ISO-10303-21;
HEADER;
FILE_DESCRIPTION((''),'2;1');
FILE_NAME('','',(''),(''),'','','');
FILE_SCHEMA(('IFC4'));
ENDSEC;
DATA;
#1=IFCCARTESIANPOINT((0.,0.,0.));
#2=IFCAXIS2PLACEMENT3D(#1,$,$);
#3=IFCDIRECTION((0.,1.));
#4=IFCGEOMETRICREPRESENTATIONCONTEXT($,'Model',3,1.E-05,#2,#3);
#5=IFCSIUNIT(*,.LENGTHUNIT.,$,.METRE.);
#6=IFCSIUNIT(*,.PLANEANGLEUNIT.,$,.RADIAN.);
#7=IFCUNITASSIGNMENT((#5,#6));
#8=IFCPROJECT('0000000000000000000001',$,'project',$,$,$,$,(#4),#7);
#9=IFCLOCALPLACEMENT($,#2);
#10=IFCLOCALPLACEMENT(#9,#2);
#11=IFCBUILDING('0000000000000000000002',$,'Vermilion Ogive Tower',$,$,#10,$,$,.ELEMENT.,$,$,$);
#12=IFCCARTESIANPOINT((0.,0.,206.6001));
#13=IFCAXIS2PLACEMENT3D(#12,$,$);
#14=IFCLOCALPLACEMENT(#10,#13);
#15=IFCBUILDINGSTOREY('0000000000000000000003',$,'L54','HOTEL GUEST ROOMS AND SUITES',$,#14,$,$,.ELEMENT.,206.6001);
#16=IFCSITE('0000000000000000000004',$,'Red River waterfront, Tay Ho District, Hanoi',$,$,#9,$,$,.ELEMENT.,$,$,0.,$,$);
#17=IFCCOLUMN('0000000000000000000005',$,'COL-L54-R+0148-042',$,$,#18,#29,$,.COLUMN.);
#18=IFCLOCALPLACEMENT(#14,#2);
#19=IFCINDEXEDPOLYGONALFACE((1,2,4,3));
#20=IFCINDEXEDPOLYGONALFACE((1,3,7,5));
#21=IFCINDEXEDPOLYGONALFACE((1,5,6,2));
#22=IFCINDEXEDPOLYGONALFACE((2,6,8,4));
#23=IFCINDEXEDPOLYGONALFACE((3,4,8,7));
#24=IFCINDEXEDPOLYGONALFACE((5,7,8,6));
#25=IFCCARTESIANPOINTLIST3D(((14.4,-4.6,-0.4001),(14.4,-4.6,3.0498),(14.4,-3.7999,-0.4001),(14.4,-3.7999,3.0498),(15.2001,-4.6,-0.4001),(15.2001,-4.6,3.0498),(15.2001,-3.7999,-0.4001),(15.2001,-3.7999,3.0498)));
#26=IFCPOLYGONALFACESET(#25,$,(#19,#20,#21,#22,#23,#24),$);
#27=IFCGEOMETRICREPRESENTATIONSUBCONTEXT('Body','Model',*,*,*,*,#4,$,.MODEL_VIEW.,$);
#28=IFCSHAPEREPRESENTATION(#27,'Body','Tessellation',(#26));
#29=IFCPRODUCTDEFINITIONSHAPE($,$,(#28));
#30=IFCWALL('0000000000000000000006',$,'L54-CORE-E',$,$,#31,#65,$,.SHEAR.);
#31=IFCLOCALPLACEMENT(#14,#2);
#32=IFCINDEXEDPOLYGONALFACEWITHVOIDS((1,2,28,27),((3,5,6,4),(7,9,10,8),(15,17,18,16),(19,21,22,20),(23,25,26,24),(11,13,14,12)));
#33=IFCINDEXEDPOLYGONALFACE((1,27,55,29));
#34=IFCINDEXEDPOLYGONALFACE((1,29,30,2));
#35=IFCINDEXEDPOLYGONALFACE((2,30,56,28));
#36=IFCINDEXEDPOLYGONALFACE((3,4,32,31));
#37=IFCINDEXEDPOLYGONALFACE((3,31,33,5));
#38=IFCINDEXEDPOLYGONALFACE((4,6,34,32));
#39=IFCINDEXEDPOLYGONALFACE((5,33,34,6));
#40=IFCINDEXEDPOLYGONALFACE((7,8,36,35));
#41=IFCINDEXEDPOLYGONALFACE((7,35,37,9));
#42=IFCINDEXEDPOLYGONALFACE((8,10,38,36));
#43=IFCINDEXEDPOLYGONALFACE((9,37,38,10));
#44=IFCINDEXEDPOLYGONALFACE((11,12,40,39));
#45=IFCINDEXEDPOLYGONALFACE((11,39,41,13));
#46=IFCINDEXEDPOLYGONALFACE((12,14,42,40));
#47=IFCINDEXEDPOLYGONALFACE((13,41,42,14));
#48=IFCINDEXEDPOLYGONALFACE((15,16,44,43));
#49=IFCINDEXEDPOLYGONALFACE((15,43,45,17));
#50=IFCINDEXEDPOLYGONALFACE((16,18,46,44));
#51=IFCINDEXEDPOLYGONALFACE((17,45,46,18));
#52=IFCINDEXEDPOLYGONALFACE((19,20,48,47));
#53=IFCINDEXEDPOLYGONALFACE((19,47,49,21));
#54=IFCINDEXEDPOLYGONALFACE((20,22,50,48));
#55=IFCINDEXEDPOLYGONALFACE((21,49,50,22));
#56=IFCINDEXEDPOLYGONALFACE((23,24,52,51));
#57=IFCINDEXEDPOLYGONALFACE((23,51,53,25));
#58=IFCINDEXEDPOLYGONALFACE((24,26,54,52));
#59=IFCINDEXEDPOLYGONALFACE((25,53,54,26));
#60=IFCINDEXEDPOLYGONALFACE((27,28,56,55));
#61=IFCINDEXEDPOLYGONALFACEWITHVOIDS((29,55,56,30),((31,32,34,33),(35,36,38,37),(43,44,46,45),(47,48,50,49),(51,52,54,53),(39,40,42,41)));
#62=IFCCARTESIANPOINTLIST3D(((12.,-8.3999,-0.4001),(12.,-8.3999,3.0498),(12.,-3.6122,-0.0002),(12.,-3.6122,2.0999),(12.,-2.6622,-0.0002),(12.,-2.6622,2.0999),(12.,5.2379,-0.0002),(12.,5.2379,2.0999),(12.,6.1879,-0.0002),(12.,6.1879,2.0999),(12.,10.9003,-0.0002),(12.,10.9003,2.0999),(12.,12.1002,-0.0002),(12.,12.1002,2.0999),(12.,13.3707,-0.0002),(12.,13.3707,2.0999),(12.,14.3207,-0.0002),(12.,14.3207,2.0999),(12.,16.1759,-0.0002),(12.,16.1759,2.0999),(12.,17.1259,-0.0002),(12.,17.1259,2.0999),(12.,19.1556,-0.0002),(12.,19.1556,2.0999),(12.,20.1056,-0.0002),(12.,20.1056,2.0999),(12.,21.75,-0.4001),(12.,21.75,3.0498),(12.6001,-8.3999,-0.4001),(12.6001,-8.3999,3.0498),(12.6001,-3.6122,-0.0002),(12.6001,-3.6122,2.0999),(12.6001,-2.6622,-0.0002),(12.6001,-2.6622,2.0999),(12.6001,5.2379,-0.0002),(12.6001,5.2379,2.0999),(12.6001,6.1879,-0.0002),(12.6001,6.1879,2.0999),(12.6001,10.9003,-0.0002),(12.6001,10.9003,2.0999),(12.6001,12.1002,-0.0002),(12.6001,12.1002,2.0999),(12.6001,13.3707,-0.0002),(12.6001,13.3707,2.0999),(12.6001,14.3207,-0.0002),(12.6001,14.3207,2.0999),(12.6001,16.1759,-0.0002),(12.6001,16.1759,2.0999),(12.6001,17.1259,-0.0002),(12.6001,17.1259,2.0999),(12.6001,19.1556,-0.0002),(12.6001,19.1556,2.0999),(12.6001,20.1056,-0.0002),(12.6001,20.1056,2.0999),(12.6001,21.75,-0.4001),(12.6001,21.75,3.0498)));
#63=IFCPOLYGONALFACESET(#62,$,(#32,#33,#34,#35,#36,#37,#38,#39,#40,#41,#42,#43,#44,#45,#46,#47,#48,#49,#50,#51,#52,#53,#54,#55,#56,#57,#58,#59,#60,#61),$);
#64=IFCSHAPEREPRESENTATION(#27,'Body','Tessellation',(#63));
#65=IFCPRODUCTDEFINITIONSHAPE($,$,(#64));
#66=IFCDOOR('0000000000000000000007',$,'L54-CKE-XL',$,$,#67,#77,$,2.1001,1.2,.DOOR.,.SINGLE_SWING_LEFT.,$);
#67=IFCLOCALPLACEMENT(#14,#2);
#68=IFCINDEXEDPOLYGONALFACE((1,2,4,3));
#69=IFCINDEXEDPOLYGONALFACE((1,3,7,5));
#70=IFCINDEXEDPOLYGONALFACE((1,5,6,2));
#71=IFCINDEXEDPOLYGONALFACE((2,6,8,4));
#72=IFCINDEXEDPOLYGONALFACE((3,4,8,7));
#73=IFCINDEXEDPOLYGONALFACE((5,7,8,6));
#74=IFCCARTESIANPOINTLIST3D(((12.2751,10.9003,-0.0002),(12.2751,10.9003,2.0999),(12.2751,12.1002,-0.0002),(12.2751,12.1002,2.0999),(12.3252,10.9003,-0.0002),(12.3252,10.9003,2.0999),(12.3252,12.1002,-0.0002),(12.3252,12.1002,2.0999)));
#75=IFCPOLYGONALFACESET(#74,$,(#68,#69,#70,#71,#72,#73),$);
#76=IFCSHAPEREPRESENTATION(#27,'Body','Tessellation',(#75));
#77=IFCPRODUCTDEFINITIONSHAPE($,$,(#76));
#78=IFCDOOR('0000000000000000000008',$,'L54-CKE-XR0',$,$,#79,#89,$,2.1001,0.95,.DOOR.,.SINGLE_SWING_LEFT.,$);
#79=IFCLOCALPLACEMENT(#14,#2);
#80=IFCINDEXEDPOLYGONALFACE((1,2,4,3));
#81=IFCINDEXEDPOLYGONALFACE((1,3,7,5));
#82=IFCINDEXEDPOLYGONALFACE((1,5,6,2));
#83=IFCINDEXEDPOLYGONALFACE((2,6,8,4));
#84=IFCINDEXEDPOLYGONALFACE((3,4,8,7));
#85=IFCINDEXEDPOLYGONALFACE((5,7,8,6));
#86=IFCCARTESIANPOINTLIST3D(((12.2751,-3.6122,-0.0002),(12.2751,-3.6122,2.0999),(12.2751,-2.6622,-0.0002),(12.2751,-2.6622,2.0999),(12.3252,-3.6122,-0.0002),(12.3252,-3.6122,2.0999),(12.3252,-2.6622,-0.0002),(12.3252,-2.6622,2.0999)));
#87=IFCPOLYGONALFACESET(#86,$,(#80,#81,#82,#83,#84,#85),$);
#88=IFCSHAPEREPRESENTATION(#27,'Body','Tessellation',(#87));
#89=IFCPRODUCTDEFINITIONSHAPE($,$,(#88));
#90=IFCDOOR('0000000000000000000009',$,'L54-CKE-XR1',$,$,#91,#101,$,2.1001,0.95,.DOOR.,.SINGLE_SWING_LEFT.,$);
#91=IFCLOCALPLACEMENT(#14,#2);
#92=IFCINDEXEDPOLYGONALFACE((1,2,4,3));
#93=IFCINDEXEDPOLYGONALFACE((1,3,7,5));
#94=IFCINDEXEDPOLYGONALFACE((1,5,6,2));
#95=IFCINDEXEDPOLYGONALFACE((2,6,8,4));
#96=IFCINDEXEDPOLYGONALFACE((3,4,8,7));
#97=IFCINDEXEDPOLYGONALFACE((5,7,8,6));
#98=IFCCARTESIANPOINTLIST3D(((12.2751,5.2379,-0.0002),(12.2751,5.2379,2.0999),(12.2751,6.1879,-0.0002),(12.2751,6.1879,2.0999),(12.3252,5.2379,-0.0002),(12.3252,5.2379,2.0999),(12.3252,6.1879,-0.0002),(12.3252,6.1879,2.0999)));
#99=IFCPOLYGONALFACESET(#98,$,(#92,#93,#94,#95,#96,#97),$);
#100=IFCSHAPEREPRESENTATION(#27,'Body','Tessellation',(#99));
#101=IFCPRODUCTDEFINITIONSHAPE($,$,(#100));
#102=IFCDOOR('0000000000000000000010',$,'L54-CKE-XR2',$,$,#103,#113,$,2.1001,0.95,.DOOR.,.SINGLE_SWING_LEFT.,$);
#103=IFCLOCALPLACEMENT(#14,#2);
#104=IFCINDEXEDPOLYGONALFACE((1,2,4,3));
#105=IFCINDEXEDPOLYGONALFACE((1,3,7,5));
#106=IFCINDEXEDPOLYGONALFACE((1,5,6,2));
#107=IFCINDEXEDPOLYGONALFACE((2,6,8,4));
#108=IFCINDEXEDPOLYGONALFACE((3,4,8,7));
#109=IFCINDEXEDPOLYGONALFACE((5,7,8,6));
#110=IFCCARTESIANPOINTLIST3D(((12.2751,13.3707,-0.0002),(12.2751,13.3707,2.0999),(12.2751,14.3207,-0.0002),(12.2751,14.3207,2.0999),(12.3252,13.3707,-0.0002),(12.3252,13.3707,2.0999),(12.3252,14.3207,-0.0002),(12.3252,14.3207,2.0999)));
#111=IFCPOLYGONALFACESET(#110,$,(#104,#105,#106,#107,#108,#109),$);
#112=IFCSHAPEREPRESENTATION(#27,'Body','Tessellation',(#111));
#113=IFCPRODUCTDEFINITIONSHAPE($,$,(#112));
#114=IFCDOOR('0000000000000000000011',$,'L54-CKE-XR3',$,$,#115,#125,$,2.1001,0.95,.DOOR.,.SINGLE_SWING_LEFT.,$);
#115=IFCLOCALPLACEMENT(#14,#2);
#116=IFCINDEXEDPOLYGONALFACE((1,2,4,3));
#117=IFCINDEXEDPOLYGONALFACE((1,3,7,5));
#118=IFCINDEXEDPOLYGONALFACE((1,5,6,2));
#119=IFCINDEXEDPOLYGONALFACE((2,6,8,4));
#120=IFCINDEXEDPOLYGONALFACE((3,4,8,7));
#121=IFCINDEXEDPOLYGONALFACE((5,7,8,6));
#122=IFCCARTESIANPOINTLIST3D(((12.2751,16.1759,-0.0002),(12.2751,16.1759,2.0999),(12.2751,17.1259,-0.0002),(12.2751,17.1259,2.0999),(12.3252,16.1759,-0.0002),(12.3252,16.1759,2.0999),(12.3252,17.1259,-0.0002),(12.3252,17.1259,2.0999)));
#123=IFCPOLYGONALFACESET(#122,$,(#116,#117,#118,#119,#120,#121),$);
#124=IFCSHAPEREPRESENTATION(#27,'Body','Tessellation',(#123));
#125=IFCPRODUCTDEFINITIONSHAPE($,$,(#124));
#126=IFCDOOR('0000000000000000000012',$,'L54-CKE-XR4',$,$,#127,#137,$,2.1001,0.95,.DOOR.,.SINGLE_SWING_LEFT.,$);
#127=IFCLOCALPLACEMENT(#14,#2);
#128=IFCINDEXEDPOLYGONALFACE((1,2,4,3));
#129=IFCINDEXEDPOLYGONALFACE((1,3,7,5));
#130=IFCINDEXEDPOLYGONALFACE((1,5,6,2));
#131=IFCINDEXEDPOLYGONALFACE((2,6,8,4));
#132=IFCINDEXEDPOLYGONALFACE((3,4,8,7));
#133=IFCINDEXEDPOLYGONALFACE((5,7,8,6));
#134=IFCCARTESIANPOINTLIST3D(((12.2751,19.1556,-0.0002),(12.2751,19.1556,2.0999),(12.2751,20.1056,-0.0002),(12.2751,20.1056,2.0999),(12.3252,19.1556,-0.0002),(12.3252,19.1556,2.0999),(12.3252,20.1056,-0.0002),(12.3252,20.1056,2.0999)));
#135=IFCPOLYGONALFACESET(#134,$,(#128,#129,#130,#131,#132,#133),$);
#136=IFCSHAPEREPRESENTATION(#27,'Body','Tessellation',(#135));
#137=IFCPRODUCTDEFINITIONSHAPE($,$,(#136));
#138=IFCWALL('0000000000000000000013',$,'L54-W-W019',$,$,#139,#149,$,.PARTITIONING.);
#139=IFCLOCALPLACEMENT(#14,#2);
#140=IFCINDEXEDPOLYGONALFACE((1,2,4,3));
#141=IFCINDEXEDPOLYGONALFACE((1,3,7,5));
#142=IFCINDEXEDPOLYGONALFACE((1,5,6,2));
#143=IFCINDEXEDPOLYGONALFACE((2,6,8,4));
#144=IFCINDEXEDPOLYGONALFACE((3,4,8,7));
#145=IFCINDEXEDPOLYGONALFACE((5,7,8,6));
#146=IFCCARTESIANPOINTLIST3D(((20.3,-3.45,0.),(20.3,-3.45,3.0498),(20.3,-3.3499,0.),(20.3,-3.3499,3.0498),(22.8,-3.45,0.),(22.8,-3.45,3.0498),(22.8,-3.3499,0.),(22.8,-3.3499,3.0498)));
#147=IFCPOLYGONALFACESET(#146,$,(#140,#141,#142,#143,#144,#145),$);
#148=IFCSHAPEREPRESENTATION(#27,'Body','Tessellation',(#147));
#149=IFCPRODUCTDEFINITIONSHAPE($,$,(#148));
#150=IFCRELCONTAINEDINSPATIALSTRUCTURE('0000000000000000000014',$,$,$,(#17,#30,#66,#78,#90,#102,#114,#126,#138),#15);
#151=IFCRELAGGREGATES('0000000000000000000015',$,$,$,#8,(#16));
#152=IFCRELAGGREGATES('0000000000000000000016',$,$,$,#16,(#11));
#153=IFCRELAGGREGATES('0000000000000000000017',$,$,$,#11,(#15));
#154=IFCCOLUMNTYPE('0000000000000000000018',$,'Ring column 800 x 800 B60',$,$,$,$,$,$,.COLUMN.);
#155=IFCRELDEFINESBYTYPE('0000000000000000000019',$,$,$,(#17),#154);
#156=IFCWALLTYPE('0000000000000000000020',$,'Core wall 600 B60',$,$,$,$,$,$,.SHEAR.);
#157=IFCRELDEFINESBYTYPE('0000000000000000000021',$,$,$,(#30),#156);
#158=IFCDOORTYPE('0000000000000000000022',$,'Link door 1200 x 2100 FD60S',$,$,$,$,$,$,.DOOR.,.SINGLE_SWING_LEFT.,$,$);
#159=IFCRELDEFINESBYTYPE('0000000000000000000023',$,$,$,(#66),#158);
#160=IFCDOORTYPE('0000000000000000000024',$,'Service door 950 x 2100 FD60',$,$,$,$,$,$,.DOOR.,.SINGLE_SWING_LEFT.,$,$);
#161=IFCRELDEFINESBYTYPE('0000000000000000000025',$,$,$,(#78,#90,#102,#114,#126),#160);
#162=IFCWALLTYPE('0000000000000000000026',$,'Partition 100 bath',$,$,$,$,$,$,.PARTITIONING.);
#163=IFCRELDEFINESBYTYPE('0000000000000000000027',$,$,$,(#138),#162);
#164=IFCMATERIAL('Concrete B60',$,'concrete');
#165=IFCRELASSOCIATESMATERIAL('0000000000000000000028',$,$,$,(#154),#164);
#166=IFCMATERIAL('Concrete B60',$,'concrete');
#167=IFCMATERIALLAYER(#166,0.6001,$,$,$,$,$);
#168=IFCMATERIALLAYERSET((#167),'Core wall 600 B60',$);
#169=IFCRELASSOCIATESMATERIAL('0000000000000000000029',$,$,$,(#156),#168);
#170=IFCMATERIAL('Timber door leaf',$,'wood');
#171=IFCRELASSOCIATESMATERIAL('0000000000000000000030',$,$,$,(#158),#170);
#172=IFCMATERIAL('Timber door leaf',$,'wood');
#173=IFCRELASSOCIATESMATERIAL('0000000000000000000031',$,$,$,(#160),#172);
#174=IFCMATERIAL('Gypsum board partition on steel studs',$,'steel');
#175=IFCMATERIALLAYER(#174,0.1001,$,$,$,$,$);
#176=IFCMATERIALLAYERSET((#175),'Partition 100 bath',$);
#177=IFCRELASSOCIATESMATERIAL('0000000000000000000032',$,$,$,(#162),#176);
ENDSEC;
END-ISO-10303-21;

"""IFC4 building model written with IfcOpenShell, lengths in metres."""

from ifc_helpers import new_model, si_unit, direction, frame, frame_2d, origin, origin_2d, place, context, subcontext, project, spatial, rectangle, extrude, material, layer, layer_set, material_profile, profile_set, type_object, element, fill, save


model = new_model("IFC4")

# Units and contexts
model_context = context("Model", 3, precision=1e-05, world=origin(), true_north=direction((0.0, 1.0)))
body_context = subcontext(model_context, "Body", "Model", "MODEL_VIEW")
ifc_project = project(units=[si_unit("LENGTHUNIT", "METRE"), si_unit("PLANEANGLEUNIT", "RADIAN")], contexts=[model_context])

# Site, building, storey
site_placement = place(None, origin())
site = spatial("IfcSite", under=ifc_project, at=site_placement, Name="Red River waterfront, Tay Ho District, Hanoi", CompositionType="ELEMENT", RefElevation=0.0)
building_placement = place(site_placement, origin())
building = spatial("IfcBuilding", under=site, at=building_placement, Name="Vermilion Ogive Tower", CompositionType="ELEMENT")
storey_placement = place(building_placement, frame((0.0, 0.0, 206.6001)))
storey = spatial("IfcBuildingStorey", under=building, at=storey_placement, Name="L54", Description="HOTEL GUEST ROOMS AND SUITES", CompositionType="ELEMENT", Elevation=206.6001)

# Column
ifc_material_1 = material(Name="Concrete B60", Category="concrete")
ifc_material_profile = material_profile(ifc_material_1, rectangle(XDim=0.8, YDim=0.8, at=origin_2d()), Name="800 x 800")
ifc_profile_set = profile_set([ifc_material_profile], Name="Concrete B60")
column_type = type_object("IfcColumnType", Name="Ring column 800 x 800 B60", PredefinedType="COLUMN", material=ifc_profile_set)
column_placement = place(storey_placement, frame((14.8, -4.2, -0.4001), z_axis=(0.0, 0.0, 1.0), x_axis=(1.0, 0.0, 0.0)))
element("IfcColumn", 1, at=column_placement, inside=storey, type_object=column_type, Name="COL-L54-R+0148-042", PredefinedType="COLUMN", context=body_context, shape_type="SweptSolid", body=[
    extrude(rectangle(XDim=0.8, YDim=0.8, at=origin_2d()), origin(), (0.0, 0.0, 1.0), 3.45),
])

# Wall, openings, doors
ifc_material_2 = material(Name="Concrete B60", Category="concrete")
ifc_layer_1 = layer(ifc_material_2, 0.6001)
ifc_layer_set_1 = layer_set([ifc_layer_1], Name="Core wall 600 B60")
wall_type_1 = type_object("IfcWallType", Name="Core wall 600 B60", PredefinedType="SHEAR", material=ifc_layer_set_1)
wall_1_placement = place(storey_placement, frame((12.3, -8.3999, -0.4001), z_axis=(0.0, 0.0, 1.0), x_axis=(0.0, 1.0, 0.0)))
wall_1 = element("IfcWall", 2, at=wall_1_placement, inside=storey, type_object=wall_type_1, Name="L54-CORE-E", PredefinedType="SHEAR", context=body_context, shape_type="SweptSolid", body=[
    extrude(rectangle(XDim=30.1499, YDim=0.6001, at=frame_2d((15.075, 0.0))), origin(), (0.0, 0.0, 1.0), 3.45),
])
opening_1_placement = place(wall_1_placement, frame((4.7876, 0.0, 0.3999)))
opening_1 = element("IfcOpeningElement", 3, at=opening_1_placement, cuts=wall_1, PredefinedType="OPENING", context=body_context, shape_type="SweptSolid", body=[
    extrude(rectangle(XDim=0.95, YDim=2.1001, at=frame_2d((0.4751, 1.05))), frame((0.0, 0.3101, 0.0), z_axis=(0.0, -1.0, 0.0), x_axis=(1.0, 0.0, 0.0)), (0.0, 0.0, 1.0), 0.6201),
])
opening_2_placement = place(wall_1_placement, frame((13.6377, 0.0, 0.3999)))
opening_2 = element("IfcOpeningElement", 4, at=opening_2_placement, cuts=wall_1, PredefinedType="OPENING", context=body_context, shape_type="SweptSolid", body=[
    extrude(rectangle(XDim=0.95, YDim=2.1001, at=frame_2d((0.4751, 1.05))), frame((0.0, 0.3101, 0.0), z_axis=(0.0, -1.0, 0.0), x_axis=(1.0, 0.0, 0.0)), (0.0, 0.0, 1.0), 0.6201),
])
opening_3_placement = place(wall_1_placement, frame((21.7705, 0.0, 0.3999)))
opening_3 = element("IfcOpeningElement", 5, at=opening_3_placement, cuts=wall_1, PredefinedType="OPENING", context=body_context, shape_type="SweptSolid", body=[
    extrude(rectangle(XDim=0.95, YDim=2.1001, at=frame_2d((0.4751, 1.05))), frame((0.0, 0.3101, 0.0), z_axis=(0.0, -1.0, 0.0), x_axis=(1.0, 0.0, 0.0)), (0.0, 0.0, 1.0), 0.6201),
])
opening_4_placement = place(wall_1_placement, frame((24.5757, 0.0, 0.3999)))
opening_4 = element("IfcOpeningElement", 6, at=opening_4_placement, cuts=wall_1, PredefinedType="OPENING", context=body_context, shape_type="SweptSolid", body=[
    extrude(rectangle(XDim=0.95, YDim=2.1001, at=frame_2d((0.4751, 1.05))), frame((0.0, 0.3101, 0.0), z_axis=(0.0, -1.0, 0.0), x_axis=(1.0, 0.0, 0.0)), (0.0, 0.0, 1.0), 0.6201),
])
opening_5_placement = place(wall_1_placement, frame((27.5554, 0.0, 0.3999)))
opening_5 = element("IfcOpeningElement", 7, at=opening_5_placement, cuts=wall_1, PredefinedType="OPENING", context=body_context, shape_type="SweptSolid", body=[
    extrude(rectangle(XDim=0.95, YDim=2.1001, at=frame_2d((0.4751, 1.05))), frame((0.0, 0.3101, 0.0), z_axis=(0.0, -1.0, 0.0), x_axis=(1.0, 0.0, 0.0)), (0.0, 0.0, 1.0), 0.6201),
])
opening_6_placement = place(wall_1_placement, frame((19.3, 0.0, 0.3999)))
opening_6 = element("IfcOpeningElement", 8, at=opening_6_placement, cuts=wall_1, PredefinedType="OPENING", context=body_context, shape_type="SweptSolid", body=[
    extrude(rectangle(XDim=1.2, YDim=2.1001, at=frame_2d((0.6001, 1.05))), frame((0.0, 0.3101, 0.0), z_axis=(0.0, -1.0, 0.0), x_axis=(1.0, 0.0, 0.0)), (0.0, 0.0, 1.0), 0.6201),
])
ifc_material_3 = material(Name="Timber door leaf", Category="wood")
door_type_1 = type_object("IfcDoorType", Name="Link door 1200 x 2100 FD60S", OperationType="SINGLE_SWING_LEFT", PredefinedType="DOOR", material=ifc_material_3)
door_1_placement = place(opening_6_placement, origin())
door_1 = element("IfcDoor", 9, at=door_1_placement, inside=storey, type_object=door_type_1, Name="L54-CKE-XL", OperationType="SINGLE_SWING_LEFT", OverallHeight=2.1001, OverallWidth=1.2, PredefinedType="DOOR", context=body_context, shape_type="SweptSolid", body=[
    extrude(rectangle(XDim=1.2, YDim=2.1001, at=frame_2d((0.6001, 1.05))), frame((0.0, 0.0249, 0.0), z_axis=(0.0, -1.0, 0.0), x_axis=(1.0, 0.0, 0.0)), (0.0, 0.0, 1.0), 0.05),
])
fill(opening_6, door_1)
ifc_material_4 = material(Name="Timber door leaf", Category="wood")
door_type_2 = type_object("IfcDoorType", Name="Service door 950 x 2100 FD60", OperationType="SINGLE_SWING_LEFT", PredefinedType="DOOR", material=ifc_material_4)
door_2_placement = place(opening_1_placement, origin())
door_2 = element("IfcDoor", 10, at=door_2_placement, inside=storey, type_object=door_type_2, Name="L54-CKE-XR0", OperationType="SINGLE_SWING_LEFT", OverallHeight=2.1001, OverallWidth=0.95, PredefinedType="DOOR", context=body_context, shape_type="SweptSolid", body=[
    extrude(rectangle(XDim=0.95, YDim=2.1001, at=frame_2d((0.4751, 1.05))), frame((0.0, 0.0249, 0.0), z_axis=(0.0, -1.0, 0.0), x_axis=(1.0, 0.0, 0.0)), (0.0, 0.0, 1.0), 0.05),
])
fill(opening_1, door_2)
door_3_placement = place(opening_2_placement, origin())
door_3 = element("IfcDoor", 11, at=door_3_placement, inside=storey, type_object=door_type_2, Name="L54-CKE-XR1", OperationType="SINGLE_SWING_LEFT", OverallHeight=2.1001, OverallWidth=0.95, PredefinedType="DOOR", context=body_context, shape_type="SweptSolid", body=[
    extrude(rectangle(XDim=0.95, YDim=2.1001, at=frame_2d((0.4751, 1.05))), frame((0.0, 0.0249, 0.0), z_axis=(0.0, -1.0, 0.0), x_axis=(1.0, 0.0, 0.0)), (0.0, 0.0, 1.0), 0.05),
])
fill(opening_2, door_3)
door_4_placement = place(opening_3_placement, origin())
door_4 = element("IfcDoor", 12, at=door_4_placement, inside=storey, type_object=door_type_2, Name="L54-CKE-XR2", OperationType="SINGLE_SWING_LEFT", OverallHeight=2.1001, OverallWidth=0.95, PredefinedType="DOOR", context=body_context, shape_type="SweptSolid", body=[
    extrude(rectangle(XDim=0.95, YDim=2.1001, at=frame_2d((0.4751, 1.05))), frame((0.0, 0.0249, 0.0), z_axis=(0.0, -1.0, 0.0), x_axis=(1.0, 0.0, 0.0)), (0.0, 0.0, 1.0), 0.05),
])
fill(opening_3, door_4)
door_5_placement = place(opening_4_placement, origin())
door_5 = element("IfcDoor", 13, at=door_5_placement, inside=storey, type_object=door_type_2, Name="L54-CKE-XR3", OperationType="SINGLE_SWING_LEFT", OverallHeight=2.1001, OverallWidth=0.95, PredefinedType="DOOR", context=body_context, shape_type="SweptSolid", body=[
    extrude(rectangle(XDim=0.95, YDim=2.1001, at=frame_2d((0.4751, 1.05))), frame((0.0, 0.0249, 0.0), z_axis=(0.0, -1.0, 0.0), x_axis=(1.0, 0.0, 0.0)), (0.0, 0.0, 1.0), 0.05),
])
fill(opening_4, door_5)
door_6_placement = place(opening_5_placement, origin())
door_6 = element("IfcDoor", 14, at=door_6_placement, inside=storey, type_object=door_type_2, Name="L54-CKE-XR4", OperationType="SINGLE_SWING_LEFT", OverallHeight=2.1001, OverallWidth=0.95, PredefinedType="DOOR", context=body_context, shape_type="SweptSolid", body=[
    extrude(rectangle(XDim=0.95, YDim=2.1001, at=frame_2d((0.4751, 1.05))), frame((0.0, 0.0249, 0.0), z_axis=(0.0, -1.0, 0.0), x_axis=(1.0, 0.0, 0.0)), (0.0, 0.0, 1.0), 0.05),
])
fill(opening_5, door_6)

# Wall
ifc_material_5 = material(Name="Gypsum board partition on steel studs", Category="steel")
ifc_layer_2 = layer(ifc_material_5, 0.1001)
ifc_layer_set_2 = layer_set([ifc_layer_2], Name="Partition 100 bath")
wall_type_2 = type_object("IfcWallType", Name="Partition 100 bath", PredefinedType="PARTITIONING", material=ifc_layer_set_2)
wall_2_placement = place(storey_placement, frame((20.3, -3.3999, 0.0), z_axis=(0.0, 0.0, 1.0), x_axis=(1.0, 0.0, 0.0)))
element("IfcWall", 15, at=wall_2_placement, inside=storey, type_object=wall_type_2, Name="L54-W-W019", PredefinedType="PARTITIONING", context=body_context, shape_type="SweptSolid", body=[
    extrude(rectangle(XDim=2.5, YDim=0.1001, at=frame_2d((1.25, 0.0))), origin(), (0.0, 0.0, 1.0), 3.0498),
])

save(model, "model.ifc")
